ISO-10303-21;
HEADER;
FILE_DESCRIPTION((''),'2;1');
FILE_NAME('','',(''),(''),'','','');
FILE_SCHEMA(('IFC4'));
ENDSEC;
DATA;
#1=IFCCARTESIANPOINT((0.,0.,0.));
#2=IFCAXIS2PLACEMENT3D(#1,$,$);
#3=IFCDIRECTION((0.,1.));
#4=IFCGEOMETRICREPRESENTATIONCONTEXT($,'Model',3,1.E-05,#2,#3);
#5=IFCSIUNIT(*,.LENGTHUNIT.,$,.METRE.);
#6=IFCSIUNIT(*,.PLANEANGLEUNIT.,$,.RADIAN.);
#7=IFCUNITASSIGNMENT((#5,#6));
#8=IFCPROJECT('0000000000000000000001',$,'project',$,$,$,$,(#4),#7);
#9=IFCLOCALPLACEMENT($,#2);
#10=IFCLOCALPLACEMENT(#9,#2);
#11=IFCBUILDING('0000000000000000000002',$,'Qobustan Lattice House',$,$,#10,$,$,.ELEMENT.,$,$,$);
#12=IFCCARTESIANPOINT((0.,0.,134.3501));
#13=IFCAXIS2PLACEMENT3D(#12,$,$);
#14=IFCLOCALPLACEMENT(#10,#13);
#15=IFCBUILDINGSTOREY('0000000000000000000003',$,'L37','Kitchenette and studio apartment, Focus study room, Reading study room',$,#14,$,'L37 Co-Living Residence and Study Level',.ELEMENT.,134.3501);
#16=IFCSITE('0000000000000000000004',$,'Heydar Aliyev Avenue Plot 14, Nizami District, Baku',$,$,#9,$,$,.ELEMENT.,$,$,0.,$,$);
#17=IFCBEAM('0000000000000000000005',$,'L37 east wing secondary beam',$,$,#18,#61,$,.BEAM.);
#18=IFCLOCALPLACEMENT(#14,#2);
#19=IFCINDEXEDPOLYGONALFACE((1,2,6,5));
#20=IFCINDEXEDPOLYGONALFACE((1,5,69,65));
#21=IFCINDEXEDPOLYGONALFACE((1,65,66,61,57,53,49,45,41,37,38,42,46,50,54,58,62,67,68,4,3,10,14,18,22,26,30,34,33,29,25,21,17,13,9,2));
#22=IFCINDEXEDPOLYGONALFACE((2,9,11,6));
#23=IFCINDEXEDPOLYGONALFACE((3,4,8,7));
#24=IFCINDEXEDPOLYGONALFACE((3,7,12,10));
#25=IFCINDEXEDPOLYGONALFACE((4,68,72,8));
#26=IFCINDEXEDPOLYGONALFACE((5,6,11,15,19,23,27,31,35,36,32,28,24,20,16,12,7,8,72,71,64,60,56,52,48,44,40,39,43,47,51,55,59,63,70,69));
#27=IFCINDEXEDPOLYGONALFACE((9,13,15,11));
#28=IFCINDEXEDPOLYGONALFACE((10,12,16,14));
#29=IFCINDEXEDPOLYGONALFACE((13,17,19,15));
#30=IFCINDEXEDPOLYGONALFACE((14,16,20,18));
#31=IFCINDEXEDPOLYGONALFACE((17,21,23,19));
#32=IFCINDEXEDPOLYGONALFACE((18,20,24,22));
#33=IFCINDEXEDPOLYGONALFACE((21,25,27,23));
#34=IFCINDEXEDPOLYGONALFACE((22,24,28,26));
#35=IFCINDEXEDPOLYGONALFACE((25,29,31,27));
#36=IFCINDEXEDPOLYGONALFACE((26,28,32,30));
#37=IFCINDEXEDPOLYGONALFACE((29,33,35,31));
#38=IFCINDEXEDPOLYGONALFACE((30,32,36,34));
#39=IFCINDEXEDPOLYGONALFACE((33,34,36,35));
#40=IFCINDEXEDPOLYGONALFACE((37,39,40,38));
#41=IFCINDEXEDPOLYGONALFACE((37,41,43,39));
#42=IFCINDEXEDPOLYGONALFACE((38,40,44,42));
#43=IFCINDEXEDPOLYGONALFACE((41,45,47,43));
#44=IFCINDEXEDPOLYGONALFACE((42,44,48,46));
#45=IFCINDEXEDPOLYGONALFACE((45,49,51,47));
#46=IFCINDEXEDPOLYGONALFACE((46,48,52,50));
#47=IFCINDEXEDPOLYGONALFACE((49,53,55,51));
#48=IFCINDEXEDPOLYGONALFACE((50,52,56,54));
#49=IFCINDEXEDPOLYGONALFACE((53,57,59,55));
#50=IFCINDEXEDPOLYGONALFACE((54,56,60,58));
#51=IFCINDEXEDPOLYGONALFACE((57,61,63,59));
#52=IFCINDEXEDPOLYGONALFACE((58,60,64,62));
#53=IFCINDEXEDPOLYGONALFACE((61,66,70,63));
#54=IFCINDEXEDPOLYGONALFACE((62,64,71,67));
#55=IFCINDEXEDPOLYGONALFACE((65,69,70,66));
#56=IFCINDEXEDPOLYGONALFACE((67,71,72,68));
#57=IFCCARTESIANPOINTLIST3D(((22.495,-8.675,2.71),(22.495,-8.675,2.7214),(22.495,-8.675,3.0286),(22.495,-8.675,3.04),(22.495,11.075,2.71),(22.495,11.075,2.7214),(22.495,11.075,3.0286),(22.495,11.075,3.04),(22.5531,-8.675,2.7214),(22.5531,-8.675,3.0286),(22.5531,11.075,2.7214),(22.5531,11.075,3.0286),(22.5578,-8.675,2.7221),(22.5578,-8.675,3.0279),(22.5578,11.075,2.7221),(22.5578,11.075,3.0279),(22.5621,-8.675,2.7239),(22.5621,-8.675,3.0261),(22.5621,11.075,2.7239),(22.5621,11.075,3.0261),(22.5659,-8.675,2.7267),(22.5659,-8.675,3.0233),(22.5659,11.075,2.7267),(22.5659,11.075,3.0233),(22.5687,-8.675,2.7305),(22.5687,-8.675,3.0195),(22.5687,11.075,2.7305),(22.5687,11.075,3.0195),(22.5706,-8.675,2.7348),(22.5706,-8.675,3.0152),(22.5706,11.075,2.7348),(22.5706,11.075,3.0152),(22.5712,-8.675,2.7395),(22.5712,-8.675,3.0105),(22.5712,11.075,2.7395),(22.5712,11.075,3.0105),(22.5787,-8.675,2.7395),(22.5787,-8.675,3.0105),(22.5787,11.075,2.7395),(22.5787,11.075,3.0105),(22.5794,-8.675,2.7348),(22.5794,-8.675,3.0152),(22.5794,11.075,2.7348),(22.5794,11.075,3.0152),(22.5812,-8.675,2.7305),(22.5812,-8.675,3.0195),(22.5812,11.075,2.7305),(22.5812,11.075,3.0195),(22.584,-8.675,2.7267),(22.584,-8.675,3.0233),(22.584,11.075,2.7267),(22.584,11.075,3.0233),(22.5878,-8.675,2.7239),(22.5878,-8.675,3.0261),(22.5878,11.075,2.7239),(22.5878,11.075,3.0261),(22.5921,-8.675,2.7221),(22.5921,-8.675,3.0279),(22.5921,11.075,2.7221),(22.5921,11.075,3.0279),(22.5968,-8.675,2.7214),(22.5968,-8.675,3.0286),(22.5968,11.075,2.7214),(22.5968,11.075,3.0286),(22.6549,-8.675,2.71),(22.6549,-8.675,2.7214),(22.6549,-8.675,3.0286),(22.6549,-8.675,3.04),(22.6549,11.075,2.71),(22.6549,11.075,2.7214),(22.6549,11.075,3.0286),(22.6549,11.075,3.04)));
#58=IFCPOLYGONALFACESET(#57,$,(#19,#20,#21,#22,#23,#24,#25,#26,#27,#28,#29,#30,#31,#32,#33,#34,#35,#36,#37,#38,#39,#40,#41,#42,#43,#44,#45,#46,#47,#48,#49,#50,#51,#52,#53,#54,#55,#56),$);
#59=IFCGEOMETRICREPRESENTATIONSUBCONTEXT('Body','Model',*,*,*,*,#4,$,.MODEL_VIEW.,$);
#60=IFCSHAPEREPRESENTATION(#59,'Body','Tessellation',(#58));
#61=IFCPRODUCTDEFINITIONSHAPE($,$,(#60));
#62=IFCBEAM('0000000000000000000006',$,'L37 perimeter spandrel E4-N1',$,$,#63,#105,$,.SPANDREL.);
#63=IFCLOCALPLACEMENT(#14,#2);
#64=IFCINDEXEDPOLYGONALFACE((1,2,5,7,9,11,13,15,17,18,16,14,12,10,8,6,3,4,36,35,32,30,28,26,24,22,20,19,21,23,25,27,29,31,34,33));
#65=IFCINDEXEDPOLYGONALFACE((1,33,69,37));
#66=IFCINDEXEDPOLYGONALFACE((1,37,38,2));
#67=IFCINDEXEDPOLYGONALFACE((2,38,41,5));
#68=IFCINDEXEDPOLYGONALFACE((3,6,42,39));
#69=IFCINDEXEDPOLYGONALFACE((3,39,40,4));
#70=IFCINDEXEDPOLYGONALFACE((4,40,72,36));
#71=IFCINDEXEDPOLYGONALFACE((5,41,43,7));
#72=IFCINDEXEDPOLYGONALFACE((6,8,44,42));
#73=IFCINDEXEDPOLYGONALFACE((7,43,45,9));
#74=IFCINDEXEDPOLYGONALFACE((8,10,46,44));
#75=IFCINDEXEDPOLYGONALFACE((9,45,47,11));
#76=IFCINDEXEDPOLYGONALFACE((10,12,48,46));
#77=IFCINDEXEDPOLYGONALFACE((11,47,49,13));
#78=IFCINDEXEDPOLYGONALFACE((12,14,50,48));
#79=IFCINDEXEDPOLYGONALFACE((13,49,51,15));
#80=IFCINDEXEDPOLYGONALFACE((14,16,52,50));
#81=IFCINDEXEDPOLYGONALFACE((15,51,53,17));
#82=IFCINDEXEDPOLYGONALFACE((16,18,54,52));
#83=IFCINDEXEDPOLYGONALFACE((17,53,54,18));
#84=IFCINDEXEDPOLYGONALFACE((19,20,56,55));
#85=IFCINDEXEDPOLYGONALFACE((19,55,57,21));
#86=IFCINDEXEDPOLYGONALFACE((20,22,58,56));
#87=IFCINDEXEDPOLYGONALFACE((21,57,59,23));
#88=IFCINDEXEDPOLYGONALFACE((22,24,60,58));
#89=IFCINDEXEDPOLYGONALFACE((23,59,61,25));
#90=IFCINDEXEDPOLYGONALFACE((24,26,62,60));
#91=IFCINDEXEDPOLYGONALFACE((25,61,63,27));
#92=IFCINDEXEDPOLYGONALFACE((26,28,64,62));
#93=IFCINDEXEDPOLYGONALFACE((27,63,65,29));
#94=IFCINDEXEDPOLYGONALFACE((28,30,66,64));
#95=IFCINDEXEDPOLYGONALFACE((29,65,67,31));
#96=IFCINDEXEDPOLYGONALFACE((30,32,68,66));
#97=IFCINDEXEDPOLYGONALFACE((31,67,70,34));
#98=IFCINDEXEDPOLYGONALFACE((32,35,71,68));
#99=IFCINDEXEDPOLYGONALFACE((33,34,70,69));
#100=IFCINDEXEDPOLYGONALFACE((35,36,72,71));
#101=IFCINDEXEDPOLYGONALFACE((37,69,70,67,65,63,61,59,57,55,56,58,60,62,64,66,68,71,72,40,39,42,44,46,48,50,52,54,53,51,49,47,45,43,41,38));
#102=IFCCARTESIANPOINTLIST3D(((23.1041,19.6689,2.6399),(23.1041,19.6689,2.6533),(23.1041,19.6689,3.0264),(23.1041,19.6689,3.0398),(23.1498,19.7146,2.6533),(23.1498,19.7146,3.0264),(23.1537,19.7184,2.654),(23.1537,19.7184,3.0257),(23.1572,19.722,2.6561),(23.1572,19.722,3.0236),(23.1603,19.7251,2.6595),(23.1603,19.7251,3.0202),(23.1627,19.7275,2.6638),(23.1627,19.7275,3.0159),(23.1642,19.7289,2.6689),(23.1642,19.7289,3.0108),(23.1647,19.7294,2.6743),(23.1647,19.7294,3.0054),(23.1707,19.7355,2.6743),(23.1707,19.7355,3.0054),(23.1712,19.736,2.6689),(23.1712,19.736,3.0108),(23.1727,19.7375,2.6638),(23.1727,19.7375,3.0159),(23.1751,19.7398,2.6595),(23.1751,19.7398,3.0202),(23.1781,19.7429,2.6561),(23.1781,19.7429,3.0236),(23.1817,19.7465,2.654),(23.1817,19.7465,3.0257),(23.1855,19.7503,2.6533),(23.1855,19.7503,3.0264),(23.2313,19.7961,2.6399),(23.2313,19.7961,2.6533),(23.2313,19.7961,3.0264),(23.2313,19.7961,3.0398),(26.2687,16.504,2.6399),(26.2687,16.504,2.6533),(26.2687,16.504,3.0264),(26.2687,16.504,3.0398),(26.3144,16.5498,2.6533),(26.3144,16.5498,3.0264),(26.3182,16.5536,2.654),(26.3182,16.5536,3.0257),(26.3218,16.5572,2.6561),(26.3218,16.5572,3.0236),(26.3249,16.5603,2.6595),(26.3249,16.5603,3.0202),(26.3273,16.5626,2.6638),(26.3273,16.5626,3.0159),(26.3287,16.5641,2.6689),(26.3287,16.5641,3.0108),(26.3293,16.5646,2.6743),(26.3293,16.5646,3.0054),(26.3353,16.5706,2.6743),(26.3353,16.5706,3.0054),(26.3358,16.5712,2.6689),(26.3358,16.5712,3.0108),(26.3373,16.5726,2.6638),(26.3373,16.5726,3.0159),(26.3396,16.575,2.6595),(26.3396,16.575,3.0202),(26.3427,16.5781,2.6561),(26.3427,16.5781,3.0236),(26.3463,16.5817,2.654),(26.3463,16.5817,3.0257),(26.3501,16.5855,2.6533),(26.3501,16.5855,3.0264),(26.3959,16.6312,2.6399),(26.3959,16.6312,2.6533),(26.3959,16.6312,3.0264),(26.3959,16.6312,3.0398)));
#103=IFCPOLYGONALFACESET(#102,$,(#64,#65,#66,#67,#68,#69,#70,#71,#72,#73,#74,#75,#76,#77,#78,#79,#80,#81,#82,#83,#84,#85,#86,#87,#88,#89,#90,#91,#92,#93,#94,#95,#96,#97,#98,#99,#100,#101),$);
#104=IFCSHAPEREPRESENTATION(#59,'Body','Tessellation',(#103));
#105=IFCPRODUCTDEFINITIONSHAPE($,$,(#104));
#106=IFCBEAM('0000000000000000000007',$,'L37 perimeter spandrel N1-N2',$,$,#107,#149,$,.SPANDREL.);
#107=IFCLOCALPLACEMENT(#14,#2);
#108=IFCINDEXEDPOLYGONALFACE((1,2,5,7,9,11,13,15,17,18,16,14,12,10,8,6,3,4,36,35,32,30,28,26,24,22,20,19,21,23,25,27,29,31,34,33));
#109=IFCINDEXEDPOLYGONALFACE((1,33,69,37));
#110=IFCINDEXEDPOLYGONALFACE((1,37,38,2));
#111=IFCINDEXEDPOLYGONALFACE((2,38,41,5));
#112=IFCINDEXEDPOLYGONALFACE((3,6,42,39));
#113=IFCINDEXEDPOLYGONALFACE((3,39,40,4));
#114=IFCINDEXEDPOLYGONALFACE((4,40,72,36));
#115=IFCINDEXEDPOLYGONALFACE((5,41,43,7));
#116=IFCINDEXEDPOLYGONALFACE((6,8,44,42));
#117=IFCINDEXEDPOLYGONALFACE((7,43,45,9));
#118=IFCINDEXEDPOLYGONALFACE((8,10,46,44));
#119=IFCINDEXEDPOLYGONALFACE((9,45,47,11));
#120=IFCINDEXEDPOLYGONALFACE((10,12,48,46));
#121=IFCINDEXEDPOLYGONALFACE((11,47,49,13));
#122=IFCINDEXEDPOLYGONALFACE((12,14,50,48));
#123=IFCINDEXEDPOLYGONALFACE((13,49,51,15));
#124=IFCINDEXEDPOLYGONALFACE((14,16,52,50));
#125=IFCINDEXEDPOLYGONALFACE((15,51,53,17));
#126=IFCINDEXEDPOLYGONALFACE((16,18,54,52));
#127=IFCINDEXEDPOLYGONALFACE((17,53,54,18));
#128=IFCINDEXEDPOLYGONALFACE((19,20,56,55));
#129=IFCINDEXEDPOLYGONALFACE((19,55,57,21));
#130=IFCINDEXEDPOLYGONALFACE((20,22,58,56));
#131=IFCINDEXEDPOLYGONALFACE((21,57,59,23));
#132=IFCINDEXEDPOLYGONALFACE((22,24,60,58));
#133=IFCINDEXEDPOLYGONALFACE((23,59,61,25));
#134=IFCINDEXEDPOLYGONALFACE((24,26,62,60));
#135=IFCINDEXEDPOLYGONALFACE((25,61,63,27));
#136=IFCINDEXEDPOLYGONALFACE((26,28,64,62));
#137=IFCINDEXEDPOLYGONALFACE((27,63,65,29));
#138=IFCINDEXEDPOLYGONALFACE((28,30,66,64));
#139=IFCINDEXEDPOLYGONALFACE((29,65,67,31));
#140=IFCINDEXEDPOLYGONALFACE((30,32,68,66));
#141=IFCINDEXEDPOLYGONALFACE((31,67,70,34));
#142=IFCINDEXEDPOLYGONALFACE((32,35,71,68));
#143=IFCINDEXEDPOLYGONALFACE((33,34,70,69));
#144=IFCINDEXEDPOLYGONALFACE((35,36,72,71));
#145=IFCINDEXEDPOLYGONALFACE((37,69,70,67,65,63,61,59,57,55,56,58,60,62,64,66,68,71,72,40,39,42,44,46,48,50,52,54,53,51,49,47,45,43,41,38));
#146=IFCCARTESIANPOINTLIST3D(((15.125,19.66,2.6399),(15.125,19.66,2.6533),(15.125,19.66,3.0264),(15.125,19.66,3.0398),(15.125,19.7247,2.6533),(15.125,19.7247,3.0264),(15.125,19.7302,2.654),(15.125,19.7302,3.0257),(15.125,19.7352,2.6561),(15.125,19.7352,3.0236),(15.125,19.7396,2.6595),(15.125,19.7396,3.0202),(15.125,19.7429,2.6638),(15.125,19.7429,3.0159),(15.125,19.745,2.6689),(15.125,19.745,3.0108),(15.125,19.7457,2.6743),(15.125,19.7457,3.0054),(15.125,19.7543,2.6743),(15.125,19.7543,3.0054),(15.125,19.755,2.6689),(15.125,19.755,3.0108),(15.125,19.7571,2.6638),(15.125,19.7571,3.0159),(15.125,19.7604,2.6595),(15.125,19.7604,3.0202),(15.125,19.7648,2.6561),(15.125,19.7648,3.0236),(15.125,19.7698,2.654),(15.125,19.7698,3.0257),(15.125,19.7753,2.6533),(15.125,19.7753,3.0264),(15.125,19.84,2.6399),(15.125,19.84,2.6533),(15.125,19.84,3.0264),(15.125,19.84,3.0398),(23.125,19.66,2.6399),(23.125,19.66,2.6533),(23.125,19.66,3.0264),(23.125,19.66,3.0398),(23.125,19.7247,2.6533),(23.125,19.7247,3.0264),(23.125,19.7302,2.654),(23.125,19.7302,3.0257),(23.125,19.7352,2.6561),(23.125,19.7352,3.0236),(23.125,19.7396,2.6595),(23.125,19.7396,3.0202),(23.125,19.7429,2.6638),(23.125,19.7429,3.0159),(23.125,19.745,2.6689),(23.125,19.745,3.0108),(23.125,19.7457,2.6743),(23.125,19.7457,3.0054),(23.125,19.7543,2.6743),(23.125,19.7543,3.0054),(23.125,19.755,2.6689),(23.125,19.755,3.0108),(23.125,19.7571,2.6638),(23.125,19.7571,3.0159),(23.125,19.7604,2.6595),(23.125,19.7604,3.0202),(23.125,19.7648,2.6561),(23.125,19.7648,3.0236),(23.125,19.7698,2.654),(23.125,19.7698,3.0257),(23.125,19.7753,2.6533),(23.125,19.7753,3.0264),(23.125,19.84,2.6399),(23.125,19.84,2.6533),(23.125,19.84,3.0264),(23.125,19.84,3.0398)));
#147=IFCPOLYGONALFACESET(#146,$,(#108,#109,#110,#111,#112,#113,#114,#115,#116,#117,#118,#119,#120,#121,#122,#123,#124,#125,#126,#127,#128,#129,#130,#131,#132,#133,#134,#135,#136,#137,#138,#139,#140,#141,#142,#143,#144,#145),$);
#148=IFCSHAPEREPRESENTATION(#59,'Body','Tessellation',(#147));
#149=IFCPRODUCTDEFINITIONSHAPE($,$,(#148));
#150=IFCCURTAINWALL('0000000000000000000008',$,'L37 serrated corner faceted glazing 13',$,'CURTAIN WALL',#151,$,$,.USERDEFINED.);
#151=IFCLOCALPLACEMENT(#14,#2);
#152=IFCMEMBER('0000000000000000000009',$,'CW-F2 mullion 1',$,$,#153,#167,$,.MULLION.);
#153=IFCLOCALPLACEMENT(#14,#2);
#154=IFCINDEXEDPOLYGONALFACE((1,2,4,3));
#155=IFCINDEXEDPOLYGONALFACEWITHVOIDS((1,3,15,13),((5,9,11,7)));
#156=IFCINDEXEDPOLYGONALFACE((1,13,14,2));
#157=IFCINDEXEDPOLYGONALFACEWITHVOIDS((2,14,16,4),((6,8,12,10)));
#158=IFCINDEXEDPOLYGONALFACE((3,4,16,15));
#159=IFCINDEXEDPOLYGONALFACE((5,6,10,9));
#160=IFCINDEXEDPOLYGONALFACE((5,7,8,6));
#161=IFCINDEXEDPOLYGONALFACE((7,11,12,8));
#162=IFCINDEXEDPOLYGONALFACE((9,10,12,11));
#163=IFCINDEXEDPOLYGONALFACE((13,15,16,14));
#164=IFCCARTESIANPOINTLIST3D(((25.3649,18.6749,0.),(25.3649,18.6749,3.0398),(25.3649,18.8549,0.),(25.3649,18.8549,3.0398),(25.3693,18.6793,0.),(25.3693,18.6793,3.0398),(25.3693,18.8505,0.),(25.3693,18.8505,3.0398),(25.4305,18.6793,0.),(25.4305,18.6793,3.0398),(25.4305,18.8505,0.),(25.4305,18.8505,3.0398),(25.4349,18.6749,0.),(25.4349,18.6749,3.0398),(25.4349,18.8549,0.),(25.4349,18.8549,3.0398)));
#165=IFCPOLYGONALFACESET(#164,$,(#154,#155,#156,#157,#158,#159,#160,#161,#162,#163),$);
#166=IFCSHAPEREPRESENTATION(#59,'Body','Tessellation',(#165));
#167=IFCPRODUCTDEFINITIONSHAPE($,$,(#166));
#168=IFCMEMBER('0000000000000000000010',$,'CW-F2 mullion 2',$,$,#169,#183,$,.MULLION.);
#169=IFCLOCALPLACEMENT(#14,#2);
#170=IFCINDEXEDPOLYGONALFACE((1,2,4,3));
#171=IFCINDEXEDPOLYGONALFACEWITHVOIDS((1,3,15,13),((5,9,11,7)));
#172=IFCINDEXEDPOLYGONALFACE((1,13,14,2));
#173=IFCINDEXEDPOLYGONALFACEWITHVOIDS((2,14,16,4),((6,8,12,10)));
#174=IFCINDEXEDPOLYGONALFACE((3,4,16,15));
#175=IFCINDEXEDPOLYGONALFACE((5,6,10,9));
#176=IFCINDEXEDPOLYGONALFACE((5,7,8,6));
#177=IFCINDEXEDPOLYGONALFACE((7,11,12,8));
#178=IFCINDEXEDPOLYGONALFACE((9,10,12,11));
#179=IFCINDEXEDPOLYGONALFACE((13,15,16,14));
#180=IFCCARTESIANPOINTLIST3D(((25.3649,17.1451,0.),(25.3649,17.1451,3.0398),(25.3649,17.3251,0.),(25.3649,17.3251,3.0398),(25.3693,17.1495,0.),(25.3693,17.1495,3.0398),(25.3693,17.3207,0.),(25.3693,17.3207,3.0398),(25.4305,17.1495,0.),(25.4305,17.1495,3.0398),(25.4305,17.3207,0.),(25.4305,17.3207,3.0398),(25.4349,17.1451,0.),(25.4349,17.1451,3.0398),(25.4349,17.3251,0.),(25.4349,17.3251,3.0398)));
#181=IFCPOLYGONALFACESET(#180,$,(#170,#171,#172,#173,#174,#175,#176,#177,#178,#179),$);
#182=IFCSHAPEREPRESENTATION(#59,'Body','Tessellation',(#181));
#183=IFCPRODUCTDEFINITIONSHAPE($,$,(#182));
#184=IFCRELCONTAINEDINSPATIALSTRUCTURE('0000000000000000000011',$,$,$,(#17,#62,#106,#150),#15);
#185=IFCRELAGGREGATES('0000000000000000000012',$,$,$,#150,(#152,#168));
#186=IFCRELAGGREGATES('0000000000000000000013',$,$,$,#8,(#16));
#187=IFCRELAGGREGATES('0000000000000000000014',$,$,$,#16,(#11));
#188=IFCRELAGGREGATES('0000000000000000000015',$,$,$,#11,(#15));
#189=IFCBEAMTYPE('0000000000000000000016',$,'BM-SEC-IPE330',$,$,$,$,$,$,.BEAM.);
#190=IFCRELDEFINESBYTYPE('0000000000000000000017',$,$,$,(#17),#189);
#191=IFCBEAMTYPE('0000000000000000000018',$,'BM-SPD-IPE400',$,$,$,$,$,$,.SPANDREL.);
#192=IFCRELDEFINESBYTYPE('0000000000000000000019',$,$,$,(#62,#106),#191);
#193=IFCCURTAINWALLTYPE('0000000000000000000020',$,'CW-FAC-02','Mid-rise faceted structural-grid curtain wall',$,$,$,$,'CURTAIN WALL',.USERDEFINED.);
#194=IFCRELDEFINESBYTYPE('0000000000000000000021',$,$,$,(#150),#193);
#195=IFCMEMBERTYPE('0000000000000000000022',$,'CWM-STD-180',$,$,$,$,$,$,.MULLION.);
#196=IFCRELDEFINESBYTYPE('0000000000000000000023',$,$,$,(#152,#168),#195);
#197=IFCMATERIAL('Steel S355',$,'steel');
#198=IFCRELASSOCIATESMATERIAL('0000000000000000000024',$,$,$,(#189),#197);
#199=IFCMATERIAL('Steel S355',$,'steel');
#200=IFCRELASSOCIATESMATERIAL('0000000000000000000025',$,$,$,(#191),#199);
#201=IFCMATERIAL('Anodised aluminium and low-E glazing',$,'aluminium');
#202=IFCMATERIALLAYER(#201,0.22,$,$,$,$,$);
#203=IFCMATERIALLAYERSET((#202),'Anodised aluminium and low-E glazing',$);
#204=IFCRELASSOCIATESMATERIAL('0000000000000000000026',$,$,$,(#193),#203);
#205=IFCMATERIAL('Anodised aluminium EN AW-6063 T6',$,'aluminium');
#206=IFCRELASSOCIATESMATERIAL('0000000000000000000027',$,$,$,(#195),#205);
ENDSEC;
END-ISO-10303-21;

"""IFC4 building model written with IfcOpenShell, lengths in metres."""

from ifc_helpers import new_model, si_unit, direction, frame, origin, origin_2d, place, context, subcontext, project, spatial, hollow_rectangle, i_section, extrude, material, layer, layer_set, material_profile, profile_set, type_object, element, aggregate, save


model = new_model("IFC4")

# Units and contexts
model_context = context("Model", 3, precision=1e-05, world=origin(), true_north=direction((0.0, 1.0)))
body_context = subcontext(model_context, "Body", "Model", "MODEL_VIEW")
ifc_project = project(units=[si_unit("LENGTHUNIT", "METRE"), si_unit("PLANEANGLEUNIT", "RADIAN")], contexts=[model_context])

# Site, building, storey
site_placement = place(None, origin())
site = spatial("IfcSite", under=ifc_project, at=site_placement, Name="Heydar Aliyev Avenue Plot 14, Nizami District, Baku", CompositionType="ELEMENT", RefElevation=0.0)
building_placement = place(site_placement, origin())
building = spatial("IfcBuilding", under=site, at=building_placement, Name="Qobustan Lattice House", CompositionType="ELEMENT")
storey_placement = place(building_placement, frame((0.0, 0.0, 134.3501)))
storey = spatial("IfcBuildingStorey", under=building, at=storey_placement, Name="L37", Description="Kitchenette and studio apartment, Focus study room, Reading study room", LongName="L37 Co-Living Residence and Study Level", CompositionType="ELEMENT", Elevation=134.3501)

# Beams
ifc_material_1 = material(Name="Steel S355", Category="steel")
ifc_material_profile_1 = material_profile(ifc_material_1, i_section(OverallWidth=0.1599, OverallDepth=0.3301, WebThickness=0.0076, FlangeThickness=0.0115, FilletRadius=0.0181, at=origin_2d()), Name="IPE330")
ifc_profile_set_1 = profile_set([ifc_material_profile_1], Name="Steel S355")
beam_type_1 = type_object("IfcBeamType", Name="BM-SEC-IPE330", PredefinedType="BEAM", material=ifc_profile_set_1)
beam_1_placement = place(storey_placement, frame((22.575, 11.075, 2.875), z_axis=(0.0, -1.0, 0.0), x_axis=(1.0, 0.0, 0.0)))
element("IfcBeam", 1, at=beam_1_placement, inside=storey, type_object=beam_type_1, Name="L37 east wing secondary beam", PredefinedType="BEAM", context=body_context, shape_type="SweptSolid", body=[
    extrude(i_section(OverallWidth=0.1599, OverallDepth=0.3301, WebThickness=0.0076, FlangeThickness=0.0115, FilletRadius=0.0181, at=origin_2d()), origin(), (0.0, 0.0, 1.0), 19.75),
])
ifc_material_2 = material(Name="Steel S355", Category="steel")
ifc_material_profile_2 = material_profile(ifc_material_2, i_section(OverallWidth=0.1799, OverallDepth=0.3999, WebThickness=0.0085, FlangeThickness=0.0134, FilletRadius=0.021, at=origin_2d()), Name="IPE400")
ifc_profile_set_2 = profile_set([ifc_material_profile_2], Name="Steel S355")
beam_type_2 = type_object("IfcBeamType", Name="BM-SPD-IPE400", PredefinedType="SPANDREL", material=ifc_profile_set_2)
beam_2_placement = place(storey_placement, frame((26.3323, 16.5676, 2.8398), z_axis=(-0.70708, 0.707134, 0.0), x_axis=(-0.707134, -0.70708, 0.0)))
element("IfcBeam", 2, at=beam_2_placement, inside=storey, type_object=beam_type_2, Name="L37 perimeter spandrel E4-N1", PredefinedType="SPANDREL", context=body_context, shape_type="SweptSolid", body=[
    extrude(i_section(OverallWidth=0.1799, OverallDepth=0.3999, WebThickness=0.0085, FlangeThickness=0.0134, FilletRadius=0.021, at=origin_2d()), origin(), (0.0, 0.0, 1.0), 4.4756),
])
beam_3_placement = place(storey_placement, frame((23.125, 19.75, 2.8398), z_axis=(-1.0, 0.0, 0.0), x_axis=(0.0, -1.0, 0.0)))
element("IfcBeam", 3, at=beam_3_placement, inside=storey, type_object=beam_type_2, Name="L37 perimeter spandrel N1-N2", PredefinedType="SPANDREL", context=body_context, shape_type="SweptSolid", body=[
    extrude(i_section(OverallWidth=0.1799, OverallDepth=0.3999, WebThickness=0.0085, FlangeThickness=0.0134, FilletRadius=0.021, at=origin_2d()), origin(), (0.0, 0.0, 1.0), 8.0),
])

# Curtain wall, members
ifc_material_3 = material(Name="Anodised aluminium and low-E glazing", Category="aluminium")
ifc_layer_1 = layer(ifc_material_3, 0.22)
ifc_layer_set_1 = layer_set([ifc_layer_1], Name="Anodised aluminium and low-E glazing")
curtain_wall_type = type_object("IfcCurtainWallType", Name="CW-FAC-02", Description="Mid-rise faceted structural-grid curtain wall", ElementType="CURTAIN WALL", PredefinedType="USERDEFINED", material=ifc_layer_set_1)
curtain_wall_placement = place(storey_placement, origin())
curtain_wall = element("IfcCurtainWall", 4, at=curtain_wall_placement, inside=storey, type_object=curtain_wall_type, Name="L37 serrated corner faceted glazing 13", ObjectType="CURTAIN WALL", PredefinedType="USERDEFINED")
ifc_material_4 = material(Name="Anodised aluminium EN AW-6063 T6", Category="aluminium")
ifc_material_profile_3 = material_profile(ifc_material_4, hollow_rectangle(XDim=0.0701, YDim=0.1799, WallThickness=0.0044, at=origin_2d()), Name="CWM-180x70")
ifc_profile_set_3 = profile_set([ifc_material_profile_3], Name="Anodised aluminium EN AW-6063 T6")
member_type_1 = type_object("IfcMemberType", Name="CWM-STD-180", PredefinedType="MULLION", material=ifc_profile_set_3)
member_1_placement = place(storey_placement, frame((25.3999, 18.7649, 0.0), z_axis=(0.0, 0.0, 1.0), x_axis=(1.0, 0.0, 0.0)))
member_1 = element("IfcMember", 5, at=member_1_placement, type_object=member_type_1, Name="CW-F2 mullion 1", PredefinedType="MULLION", context=body_context, shape_type="SweptSolid", body=[
    extrude(hollow_rectangle(XDim=0.0701, YDim=0.1799, WallThickness=0.0044, at=origin_2d()), origin(), (0.0, 0.0, 1.0), 3.0398),
])
member_2_placement = place(storey_placement, frame((25.3999, 17.2351, 0.0), z_axis=(0.0, 0.0, 1.0), x_axis=(1.0, 0.0, 0.0)))
member_2 = element("IfcMember", 6, at=member_2_placement, type_object=member_type_1, Name="CW-F2 mullion 2", PredefinedType="MULLION", context=body_context, shape_type="SweptSolid", body=[
    extrude(hollow_rectangle(XDim=0.0701, YDim=0.1799, WallThickness=0.0044, at=origin_2d()), origin(), (0.0, 0.0, 1.0), 3.0398),
])
aggregate(curtain_wall, [member_1, member_2])

save(model, "model.ifc")
